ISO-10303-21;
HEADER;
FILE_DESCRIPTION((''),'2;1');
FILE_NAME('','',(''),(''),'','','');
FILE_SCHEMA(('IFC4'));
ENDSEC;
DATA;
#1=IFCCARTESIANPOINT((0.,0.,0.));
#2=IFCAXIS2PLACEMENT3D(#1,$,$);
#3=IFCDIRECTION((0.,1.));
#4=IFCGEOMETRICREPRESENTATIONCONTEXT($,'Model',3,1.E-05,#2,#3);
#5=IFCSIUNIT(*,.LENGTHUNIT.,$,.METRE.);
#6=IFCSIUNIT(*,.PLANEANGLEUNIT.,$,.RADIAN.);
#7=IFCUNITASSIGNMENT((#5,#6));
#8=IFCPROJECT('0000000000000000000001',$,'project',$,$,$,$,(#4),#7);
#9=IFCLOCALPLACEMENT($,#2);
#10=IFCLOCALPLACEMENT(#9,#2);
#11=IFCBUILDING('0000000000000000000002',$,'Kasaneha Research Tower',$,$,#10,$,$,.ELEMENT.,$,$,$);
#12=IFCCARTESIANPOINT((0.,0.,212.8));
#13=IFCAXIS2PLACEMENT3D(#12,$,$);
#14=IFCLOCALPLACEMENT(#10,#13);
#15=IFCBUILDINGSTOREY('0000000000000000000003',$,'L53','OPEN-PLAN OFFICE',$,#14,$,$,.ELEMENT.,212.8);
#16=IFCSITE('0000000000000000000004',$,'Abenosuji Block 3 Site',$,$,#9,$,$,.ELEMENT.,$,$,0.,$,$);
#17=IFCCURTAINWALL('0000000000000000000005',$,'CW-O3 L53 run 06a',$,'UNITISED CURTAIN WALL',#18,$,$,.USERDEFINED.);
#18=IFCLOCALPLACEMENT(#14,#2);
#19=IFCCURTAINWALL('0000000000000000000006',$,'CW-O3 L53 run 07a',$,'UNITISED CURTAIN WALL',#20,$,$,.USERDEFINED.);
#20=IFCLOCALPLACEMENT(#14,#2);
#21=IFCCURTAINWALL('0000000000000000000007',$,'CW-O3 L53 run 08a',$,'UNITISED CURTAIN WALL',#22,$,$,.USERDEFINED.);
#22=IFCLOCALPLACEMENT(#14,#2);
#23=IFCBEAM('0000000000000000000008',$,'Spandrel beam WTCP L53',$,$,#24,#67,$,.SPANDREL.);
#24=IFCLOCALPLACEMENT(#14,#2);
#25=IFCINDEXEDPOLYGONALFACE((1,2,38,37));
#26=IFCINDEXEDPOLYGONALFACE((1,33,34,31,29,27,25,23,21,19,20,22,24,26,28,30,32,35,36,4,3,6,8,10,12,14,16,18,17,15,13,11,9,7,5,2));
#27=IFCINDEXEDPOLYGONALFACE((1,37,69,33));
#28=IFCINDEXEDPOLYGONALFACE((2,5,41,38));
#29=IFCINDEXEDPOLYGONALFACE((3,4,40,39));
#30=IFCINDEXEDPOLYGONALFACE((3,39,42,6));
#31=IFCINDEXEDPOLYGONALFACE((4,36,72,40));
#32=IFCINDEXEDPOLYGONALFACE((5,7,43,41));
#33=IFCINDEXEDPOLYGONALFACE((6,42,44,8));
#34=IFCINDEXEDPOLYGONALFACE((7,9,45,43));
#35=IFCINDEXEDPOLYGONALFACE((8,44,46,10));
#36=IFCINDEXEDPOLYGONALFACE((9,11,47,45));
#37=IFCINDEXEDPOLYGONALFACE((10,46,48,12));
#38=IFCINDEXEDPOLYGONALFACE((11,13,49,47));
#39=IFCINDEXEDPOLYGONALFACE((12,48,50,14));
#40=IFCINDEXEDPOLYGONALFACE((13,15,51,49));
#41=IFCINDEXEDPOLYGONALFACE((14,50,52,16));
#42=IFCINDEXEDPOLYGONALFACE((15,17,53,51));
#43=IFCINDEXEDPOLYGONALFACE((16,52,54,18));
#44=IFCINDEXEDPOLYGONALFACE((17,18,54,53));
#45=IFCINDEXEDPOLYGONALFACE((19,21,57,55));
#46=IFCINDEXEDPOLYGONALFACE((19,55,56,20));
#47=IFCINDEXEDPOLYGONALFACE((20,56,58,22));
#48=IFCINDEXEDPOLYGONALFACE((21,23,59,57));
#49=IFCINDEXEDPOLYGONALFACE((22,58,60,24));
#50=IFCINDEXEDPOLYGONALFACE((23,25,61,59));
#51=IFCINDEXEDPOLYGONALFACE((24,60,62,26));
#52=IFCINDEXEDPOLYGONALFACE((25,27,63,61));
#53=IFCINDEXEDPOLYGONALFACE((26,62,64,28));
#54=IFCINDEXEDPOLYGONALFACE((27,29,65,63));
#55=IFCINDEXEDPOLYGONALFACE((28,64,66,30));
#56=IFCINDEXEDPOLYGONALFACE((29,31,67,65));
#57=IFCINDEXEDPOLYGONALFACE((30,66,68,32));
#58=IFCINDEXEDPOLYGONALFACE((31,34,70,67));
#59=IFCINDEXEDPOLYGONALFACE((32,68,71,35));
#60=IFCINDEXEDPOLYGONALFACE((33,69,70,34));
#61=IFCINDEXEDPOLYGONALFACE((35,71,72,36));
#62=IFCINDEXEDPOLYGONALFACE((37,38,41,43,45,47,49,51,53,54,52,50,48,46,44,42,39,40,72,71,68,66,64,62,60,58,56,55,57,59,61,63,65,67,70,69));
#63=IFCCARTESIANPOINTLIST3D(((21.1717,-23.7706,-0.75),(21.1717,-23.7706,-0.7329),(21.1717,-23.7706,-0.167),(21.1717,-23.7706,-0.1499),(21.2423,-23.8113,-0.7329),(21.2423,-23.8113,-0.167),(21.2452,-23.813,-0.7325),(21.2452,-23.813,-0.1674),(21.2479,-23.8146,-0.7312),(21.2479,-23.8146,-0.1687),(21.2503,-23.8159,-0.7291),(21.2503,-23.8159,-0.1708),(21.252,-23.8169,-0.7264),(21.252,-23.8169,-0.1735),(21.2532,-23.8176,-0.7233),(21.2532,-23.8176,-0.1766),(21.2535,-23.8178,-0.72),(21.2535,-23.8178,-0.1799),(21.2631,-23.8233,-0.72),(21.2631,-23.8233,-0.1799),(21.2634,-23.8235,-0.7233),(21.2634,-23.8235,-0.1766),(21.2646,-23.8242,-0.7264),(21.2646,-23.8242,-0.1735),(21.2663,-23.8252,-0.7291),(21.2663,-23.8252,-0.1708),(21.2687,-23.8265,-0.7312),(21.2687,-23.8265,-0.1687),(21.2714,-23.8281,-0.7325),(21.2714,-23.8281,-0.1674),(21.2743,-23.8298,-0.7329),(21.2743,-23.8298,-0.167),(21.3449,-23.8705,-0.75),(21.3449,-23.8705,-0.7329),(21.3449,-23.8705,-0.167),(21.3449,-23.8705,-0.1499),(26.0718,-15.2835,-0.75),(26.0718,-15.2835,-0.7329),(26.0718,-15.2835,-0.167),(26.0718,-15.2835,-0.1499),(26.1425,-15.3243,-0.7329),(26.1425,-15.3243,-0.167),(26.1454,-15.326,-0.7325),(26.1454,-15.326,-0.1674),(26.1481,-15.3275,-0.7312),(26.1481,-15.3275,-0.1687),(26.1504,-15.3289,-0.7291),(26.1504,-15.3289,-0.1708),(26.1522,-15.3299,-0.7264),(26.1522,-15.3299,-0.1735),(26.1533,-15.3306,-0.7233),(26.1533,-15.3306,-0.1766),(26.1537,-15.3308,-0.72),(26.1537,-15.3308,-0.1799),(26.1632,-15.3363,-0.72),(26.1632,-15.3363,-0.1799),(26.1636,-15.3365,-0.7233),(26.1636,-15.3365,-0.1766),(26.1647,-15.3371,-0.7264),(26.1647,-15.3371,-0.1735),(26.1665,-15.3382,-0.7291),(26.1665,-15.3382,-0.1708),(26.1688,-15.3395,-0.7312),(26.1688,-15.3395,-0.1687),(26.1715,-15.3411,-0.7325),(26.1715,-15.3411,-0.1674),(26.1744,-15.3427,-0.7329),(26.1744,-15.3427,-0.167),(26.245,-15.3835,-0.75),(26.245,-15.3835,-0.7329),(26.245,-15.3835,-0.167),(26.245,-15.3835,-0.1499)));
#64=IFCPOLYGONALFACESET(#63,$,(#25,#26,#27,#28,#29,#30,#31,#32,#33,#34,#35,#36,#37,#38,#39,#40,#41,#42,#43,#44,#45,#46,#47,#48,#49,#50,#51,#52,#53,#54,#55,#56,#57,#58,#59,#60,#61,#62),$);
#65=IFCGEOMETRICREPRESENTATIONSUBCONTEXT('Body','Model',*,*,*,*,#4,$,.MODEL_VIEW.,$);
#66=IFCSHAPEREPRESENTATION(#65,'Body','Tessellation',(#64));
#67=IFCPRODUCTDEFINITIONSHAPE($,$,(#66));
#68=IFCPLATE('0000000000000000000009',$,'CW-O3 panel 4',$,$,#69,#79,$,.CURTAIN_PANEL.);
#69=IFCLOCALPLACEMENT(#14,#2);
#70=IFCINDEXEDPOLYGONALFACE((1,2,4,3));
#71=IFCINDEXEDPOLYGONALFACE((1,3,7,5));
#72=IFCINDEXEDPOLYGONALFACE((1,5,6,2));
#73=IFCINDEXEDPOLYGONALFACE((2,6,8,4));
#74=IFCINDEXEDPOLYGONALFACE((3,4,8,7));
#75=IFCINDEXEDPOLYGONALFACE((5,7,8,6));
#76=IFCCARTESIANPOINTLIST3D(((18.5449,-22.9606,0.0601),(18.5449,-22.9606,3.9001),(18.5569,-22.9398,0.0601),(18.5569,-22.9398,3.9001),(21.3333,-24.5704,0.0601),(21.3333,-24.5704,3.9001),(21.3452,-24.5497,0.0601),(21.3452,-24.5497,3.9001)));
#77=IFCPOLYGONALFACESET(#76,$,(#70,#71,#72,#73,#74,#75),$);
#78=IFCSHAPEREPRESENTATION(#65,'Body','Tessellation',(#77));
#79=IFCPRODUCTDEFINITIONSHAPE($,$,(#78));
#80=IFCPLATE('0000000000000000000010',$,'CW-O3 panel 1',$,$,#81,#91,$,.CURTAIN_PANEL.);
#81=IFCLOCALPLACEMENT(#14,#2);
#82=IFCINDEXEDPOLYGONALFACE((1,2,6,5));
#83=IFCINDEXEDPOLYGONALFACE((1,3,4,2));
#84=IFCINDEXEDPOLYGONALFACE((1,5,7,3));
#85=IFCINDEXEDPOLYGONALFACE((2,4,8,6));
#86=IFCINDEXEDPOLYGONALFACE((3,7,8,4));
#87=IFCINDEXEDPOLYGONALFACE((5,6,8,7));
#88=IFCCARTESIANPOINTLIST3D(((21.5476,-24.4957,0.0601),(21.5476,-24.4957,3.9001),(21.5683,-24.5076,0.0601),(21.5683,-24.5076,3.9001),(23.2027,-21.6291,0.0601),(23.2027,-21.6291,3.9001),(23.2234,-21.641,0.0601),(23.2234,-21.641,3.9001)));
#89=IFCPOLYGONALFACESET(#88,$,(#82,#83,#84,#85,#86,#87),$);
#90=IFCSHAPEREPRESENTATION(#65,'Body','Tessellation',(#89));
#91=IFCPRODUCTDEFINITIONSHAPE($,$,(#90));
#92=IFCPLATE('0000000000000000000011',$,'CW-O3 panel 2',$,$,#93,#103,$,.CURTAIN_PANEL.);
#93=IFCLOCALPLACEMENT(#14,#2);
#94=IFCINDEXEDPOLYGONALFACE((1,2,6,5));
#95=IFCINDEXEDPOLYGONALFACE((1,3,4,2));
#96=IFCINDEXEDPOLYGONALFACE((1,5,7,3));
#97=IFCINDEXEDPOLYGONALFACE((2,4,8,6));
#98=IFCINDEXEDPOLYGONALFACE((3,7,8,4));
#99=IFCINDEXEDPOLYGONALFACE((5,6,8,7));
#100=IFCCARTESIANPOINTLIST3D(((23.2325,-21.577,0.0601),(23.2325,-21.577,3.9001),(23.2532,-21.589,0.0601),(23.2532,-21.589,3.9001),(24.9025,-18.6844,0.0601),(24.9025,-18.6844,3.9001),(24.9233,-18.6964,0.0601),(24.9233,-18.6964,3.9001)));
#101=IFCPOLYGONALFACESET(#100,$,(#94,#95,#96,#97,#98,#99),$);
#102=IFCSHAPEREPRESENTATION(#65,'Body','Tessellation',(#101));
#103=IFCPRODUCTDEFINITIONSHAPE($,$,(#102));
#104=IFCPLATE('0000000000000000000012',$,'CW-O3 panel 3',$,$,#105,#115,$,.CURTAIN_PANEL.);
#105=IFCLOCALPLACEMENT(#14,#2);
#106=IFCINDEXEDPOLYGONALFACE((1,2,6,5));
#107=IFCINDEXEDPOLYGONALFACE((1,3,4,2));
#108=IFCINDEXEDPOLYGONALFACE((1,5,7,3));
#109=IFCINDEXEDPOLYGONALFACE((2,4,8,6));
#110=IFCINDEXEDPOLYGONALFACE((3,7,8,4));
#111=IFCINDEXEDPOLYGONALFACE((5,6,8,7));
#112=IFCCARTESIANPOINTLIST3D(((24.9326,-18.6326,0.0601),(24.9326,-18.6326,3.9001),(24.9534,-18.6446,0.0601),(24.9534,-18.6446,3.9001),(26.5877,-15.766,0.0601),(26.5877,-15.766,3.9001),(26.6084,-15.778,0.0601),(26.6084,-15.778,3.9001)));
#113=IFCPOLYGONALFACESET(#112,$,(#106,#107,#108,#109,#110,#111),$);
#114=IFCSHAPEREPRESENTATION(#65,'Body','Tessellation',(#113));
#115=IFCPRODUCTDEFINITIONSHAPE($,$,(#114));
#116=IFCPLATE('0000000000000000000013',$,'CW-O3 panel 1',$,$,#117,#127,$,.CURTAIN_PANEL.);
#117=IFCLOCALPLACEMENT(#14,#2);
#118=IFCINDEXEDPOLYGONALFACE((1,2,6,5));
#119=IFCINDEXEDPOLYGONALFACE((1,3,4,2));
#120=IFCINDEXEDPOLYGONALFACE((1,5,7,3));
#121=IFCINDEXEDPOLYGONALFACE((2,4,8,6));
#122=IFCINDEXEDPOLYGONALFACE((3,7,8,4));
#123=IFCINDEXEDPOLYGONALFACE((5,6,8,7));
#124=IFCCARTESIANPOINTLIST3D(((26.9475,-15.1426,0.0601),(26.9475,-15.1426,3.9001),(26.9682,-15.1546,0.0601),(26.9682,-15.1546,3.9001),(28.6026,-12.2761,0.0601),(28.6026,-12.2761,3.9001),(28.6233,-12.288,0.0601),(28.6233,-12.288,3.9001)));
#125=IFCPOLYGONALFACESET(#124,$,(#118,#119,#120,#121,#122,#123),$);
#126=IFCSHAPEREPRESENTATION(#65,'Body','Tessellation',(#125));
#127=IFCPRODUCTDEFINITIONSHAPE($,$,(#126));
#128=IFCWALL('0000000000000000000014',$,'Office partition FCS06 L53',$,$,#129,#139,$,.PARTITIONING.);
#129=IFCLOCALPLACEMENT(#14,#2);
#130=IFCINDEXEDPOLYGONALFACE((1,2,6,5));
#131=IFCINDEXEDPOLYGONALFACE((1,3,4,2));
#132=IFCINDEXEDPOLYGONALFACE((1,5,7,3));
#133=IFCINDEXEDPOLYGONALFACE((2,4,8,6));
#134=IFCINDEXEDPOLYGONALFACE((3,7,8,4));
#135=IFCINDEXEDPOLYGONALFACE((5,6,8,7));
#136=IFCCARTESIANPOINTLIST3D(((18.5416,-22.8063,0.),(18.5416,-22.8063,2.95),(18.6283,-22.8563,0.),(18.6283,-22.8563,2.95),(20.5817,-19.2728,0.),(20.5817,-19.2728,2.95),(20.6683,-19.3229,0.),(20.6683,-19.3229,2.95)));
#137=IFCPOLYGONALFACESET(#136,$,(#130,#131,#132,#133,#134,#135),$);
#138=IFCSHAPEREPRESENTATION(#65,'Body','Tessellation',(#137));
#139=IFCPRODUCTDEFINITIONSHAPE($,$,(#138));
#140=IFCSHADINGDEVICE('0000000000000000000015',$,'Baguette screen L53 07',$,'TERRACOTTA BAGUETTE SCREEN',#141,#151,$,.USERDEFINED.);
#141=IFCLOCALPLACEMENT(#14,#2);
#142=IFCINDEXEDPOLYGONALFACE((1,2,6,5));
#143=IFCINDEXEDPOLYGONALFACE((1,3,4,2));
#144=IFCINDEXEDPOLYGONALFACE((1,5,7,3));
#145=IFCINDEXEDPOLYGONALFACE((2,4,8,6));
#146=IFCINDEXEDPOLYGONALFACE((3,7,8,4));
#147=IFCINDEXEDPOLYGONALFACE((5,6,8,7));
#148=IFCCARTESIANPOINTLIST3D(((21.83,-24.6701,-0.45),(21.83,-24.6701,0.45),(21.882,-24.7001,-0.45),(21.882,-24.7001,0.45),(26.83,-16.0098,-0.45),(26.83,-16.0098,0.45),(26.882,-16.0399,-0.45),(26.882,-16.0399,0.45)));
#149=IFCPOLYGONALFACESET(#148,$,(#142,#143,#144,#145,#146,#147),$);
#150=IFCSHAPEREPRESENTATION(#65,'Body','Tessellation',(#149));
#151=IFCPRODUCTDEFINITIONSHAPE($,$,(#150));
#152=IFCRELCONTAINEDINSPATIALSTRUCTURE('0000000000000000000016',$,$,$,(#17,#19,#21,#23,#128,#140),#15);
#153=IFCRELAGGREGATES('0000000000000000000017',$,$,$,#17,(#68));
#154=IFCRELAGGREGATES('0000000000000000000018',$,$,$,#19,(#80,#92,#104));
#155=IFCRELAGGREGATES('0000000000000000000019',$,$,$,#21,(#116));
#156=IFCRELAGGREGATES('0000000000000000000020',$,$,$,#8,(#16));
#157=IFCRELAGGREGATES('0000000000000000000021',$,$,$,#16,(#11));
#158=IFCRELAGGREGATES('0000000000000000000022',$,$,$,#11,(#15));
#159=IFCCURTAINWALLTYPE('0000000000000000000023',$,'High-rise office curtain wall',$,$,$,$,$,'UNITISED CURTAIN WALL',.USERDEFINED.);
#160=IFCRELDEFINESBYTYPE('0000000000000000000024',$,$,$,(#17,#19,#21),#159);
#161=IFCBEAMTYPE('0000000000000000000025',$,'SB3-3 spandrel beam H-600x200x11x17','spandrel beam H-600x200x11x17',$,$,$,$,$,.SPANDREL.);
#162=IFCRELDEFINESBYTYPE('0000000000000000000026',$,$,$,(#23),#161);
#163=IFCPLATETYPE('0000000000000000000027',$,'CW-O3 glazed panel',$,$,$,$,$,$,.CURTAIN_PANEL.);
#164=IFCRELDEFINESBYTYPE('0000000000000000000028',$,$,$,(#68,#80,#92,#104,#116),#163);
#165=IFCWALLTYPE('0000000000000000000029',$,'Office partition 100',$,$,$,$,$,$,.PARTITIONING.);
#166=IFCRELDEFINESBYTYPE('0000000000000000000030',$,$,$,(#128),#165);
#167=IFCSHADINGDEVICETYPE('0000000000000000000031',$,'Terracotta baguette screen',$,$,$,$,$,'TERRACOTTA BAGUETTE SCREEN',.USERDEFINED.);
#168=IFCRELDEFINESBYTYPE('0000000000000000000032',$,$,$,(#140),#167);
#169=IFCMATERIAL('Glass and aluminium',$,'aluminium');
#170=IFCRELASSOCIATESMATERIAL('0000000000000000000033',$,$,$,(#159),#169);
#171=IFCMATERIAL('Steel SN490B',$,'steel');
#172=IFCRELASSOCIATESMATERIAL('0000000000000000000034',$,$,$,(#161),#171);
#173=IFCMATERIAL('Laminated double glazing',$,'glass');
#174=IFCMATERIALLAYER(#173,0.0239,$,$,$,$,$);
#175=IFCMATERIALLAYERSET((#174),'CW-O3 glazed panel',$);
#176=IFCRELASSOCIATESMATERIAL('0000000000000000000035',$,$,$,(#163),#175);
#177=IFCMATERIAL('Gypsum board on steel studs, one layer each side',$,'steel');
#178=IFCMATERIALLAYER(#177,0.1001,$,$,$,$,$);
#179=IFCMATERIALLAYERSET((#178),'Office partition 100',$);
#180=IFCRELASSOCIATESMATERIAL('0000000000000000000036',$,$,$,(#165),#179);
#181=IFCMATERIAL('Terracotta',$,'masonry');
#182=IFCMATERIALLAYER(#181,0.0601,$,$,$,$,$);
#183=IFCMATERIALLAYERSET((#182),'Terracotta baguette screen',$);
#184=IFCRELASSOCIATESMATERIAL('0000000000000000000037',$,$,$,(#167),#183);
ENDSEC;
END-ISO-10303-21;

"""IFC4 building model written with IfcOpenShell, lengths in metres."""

from ifc_helpers import new_model, si_unit, direction, frame, frame_2d, origin, origin_2d, place, context, subcontext, project, spatial, rectangle, i_section, extrude, material, layer, layer_set, material_profile, profile_set, type_object, element, aggregate, save


model = new_model("IFC4")

# Units and contexts
model_context = context("Model", 3, precision=1e-05, world=origin(), true_north=direction((0.0, 1.0)))
body_context = subcontext(model_context, "Body", "Model", "MODEL_VIEW")
ifc_project = project(units=[si_unit("LENGTHUNIT", "METRE"), si_unit("PLANEANGLEUNIT", "RADIAN")], contexts=[model_context])

# Site, building, storey
site_placement = place(None, origin())
site = spatial("IfcSite", under=ifc_project, at=site_placement, Name="Abenosuji Block 3 Site", CompositionType="ELEMENT", RefElevation=0.0)
building_placement = place(site_placement, origin())
building = spatial("IfcBuilding", under=site, at=building_placement, Name="Kasaneha Research Tower", CompositionType="ELEMENT")
storey_placement = place(building_placement, frame((0.0, 0.0, 212.8)))
storey = spatial("IfcBuildingStorey", under=building, at=storey_placement, Name="L53", Description="OPEN-PLAN OFFICE", CompositionType="ELEMENT", Elevation=212.8)

# Curtain wall
ifc_material_1 = material(Name="Glass and aluminium", Category="aluminium")
curtain_wall_type = type_object("IfcCurtainWallType", Name="High-rise office curtain wall", ElementType="UNITISED CURTAIN WALL", PredefinedType="USERDEFINED", material=ifc_material_1)
curtain_wall_1_placement = place(storey_placement, origin())
curtain_wall_1 = element("IfcCurtainWall", 1, at=curtain_wall_1_placement, inside=storey, type_object=curtain_wall_type, Name="CW-O3 L53 run 06a", ObjectType="UNITISED CURTAIN WALL", PredefinedType="USERDEFINED")

# Curtain wall
curtain_wall_2_placement = place(storey_placement, origin())
curtain_wall_2 = element("IfcCurtainWall", 2, at=curtain_wall_2_placement, inside=storey, type_object=curtain_wall_type, Name="CW-O3 L53 run 07a", ObjectType="UNITISED CURTAIN WALL", PredefinedType="USERDEFINED")

# Curtain wall
curtain_wall_3_placement = place(storey_placement, origin())
curtain_wall_3 = element("IfcCurtainWall", 3, at=curtain_wall_3_placement, inside=storey, type_object=curtain_wall_type, Name="CW-O3 L53 run 08a", ObjectType="UNITISED CURTAIN WALL", PredefinedType="USERDEFINED")

# Beam
ifc_material_2 = material(Name="Steel SN490B", Category="steel")
ifc_material_profile_1 = material_profile(ifc_material_2, i_section(OverallWidth=0.2, OverallDepth=0.6001, WebThickness=0.011, FlangeThickness=0.0171, FilletRadius=0.0129, at=origin_2d()), Name="H-600x200x11x17")
ifc_profile_set_1 = profile_set([ifc_material_profile_1], Name="Steel SN490B")
beam_type = type_object("IfcBeamType", Name="SB3-3 spandrel beam H-600x200x11x17", Description="spandrel beam H-600x200x11x17", PredefinedType="SPANDREL", material=ifc_profile_set_1)
beam_placement = place(storey_placement, frame((21.2583, -23.8206, -0.45), z_axis=(0.500011, 0.866019, 0.0), x_axis=(-0.866019, 0.500011, 0.0)))
element("IfcBeam", 4, at=beam_placement, inside=storey, type_object=beam_type, Name="Spandrel beam WTCP L53", PredefinedType="SPANDREL", context=body_context, shape_type="SweptSolid", body=[
    extrude(i_section(OverallWidth=0.2, OverallDepth=0.6001, WebThickness=0.011, FlangeThickness=0.0171, FilletRadius=0.0129, at=origin_2d()), origin(), (0.0, 0.0, 1.0), 9.8),
])

# Plates
ifc_material_3 = material(Name="Laminated double glazing", Category="glass")
ifc_layer_1 = layer(ifc_material_3, 0.0239)
ifc_layer_set_1 = layer_set([ifc_layer_1], Name="CW-O3 glazed panel")
plate_type = type_object("IfcPlateType", Name="CW-O3 glazed panel", PredefinedType="CURTAIN_PANEL", material=ifc_layer_set_1)
plate_1_placement = place(storey_placement, frame((19.9451, -23.7551, 0.0601), z_axis=(0.0, 0.0, 1.0), x_axis=(0.866025, -0.5, 0.0)))
plate_1 = element("IfcPlate", 5, at=plate_1_placement, type_object=plate_type, Name="CW-O3 panel 4", PredefinedType="CURTAIN_PANEL", context=body_context, shape_type="SweptSolid", body=[
    extrude(rectangle(XDim=3.2197, YDim=0.0239, at=origin_2d()), origin(), (0.0, 0.0, 1.0), 3.8401),
])
aggregate(curtain_wall_1, [plate_1])
plate_2_placement = place(storey_placement, frame((22.3855, -23.0684, 0.0601), z_axis=(0.0, 0.0, 1.0), x_axis=(0.5, 0.866025, 0.0)))
plate_2 = element("IfcPlate", 6, at=plate_2_placement, type_object=plate_type, Name="CW-O3 panel 1", PredefinedType="CURTAIN_PANEL", context=body_context, shape_type="SweptSolid", body=[
    extrude(rectangle(XDim=3.3101, YDim=0.0239, at=origin_2d()), origin(), (0.0, 0.0, 1.0), 3.8401),
])
plate_3_placement = place(storey_placement, frame((24.0779, -20.1367, 0.0601), z_axis=(0.0, 0.0, 1.0), x_axis=(0.5, 0.866025, 0.0)))
plate_3 = element("IfcPlate", 7, at=plate_3_placement, type_object=plate_type, Name="CW-O3 panel 2", PredefinedType="CURTAIN_PANEL", context=body_context, shape_type="SweptSolid", body=[
    extrude(rectangle(XDim=3.3401, YDim=0.0239, at=origin_2d()), origin(), (0.0, 0.0, 1.0), 3.8401),
])
plate_4_placement = place(storey_placement, frame((25.7705, -17.2053, 0.0601), z_axis=(0.0, 0.0, 1.0), x_axis=(0.5, 0.866025, 0.0)))
plate_4 = element("IfcPlate", 8, at=plate_4_placement, type_object=plate_type, Name="CW-O3 panel 3", PredefinedType="CURTAIN_PANEL", context=body_context, shape_type="SweptSolid", body=[
    extrude(rectangle(XDim=3.3101, YDim=0.0239, at=origin_2d()), origin(), (0.0, 0.0, 1.0), 3.8401),
])
aggregate(curtain_wall_2, [plate_2, plate_3, plate_4])
plate_5_placement = place(storey_placement, frame((27.7854, -13.7153, 0.0601), z_axis=(0.0, 0.0, 1.0), x_axis=(0.5, 0.866025, 0.0)))
plate_5 = element("IfcPlate", 9, at=plate_5_placement, type_object=plate_type, Name="CW-O3 panel 1", PredefinedType="CURTAIN_PANEL", context=body_context, shape_type="SweptSolid", body=[
    extrude(rectangle(XDim=3.3101, YDim=0.0239, at=origin_2d()), origin(), (0.0, 0.0, 1.0), 3.8401),
])
aggregate(curtain_wall_3, [plate_5])

# Wall
ifc_material_4 = material(Name="Gypsum board on steel studs, one layer each side", Category="steel")
ifc_layer_2 = layer(ifc_material_4, 0.1001)
ifc_layer_set_2 = layer_set([ifc_layer_2], Name="Office partition 100")
wall_type = type_object("IfcWallType", Name="Office partition 100", PredefinedType="PARTITIONING", material=ifc_layer_set_2)
wall_placement = place(storey_placement, frame((20.625, -19.2979, 0.0), z_axis=(0.0, 0.0, 1.0), x_axis=(-0.5, -0.866025, 0.0)))
element("IfcWall", 10, at=wall_placement, inside=storey, type_object=wall_type, Name="Office partition FCS06 L53", PredefinedType="PARTITIONING", context=body_context, shape_type="SweptSolid", body=[
    extrude(rectangle(XDim=4.0801, YDim=0.1001, at=frame_2d((2.04, 0.0))), origin(), (0.0, 0.0, 1.0), 2.95),
])

# Shading device
ifc_material_5 = material(Name="Terracotta", Category="masonry")
ifc_layer_3 = layer(ifc_material_5, 0.0601)
ifc_layer_set_3 = layer_set([ifc_layer_3], Name="Terracotta baguette screen")
shading_device_type = type_object("IfcShadingDeviceType", Name="Terracotta baguette screen", ElementType="TERRACOTTA BAGUETTE SCREEN", PredefinedType="USERDEFINED", material=ifc_layer_set_3)
shading_device_placement = place(storey_placement, frame((24.356, -20.355, -0.45), z_axis=(0.0, 0.0, 1.0), x_axis=(0.5, 0.866025, 0.0)))
element("IfcShadingDevice", 11, at=shading_device_placement, inside=storey, type_object=shading_device_type, Name="Baguette screen L53 07", ObjectType="TERRACOTTA BAGUETTE SCREEN", PredefinedType="USERDEFINED", context=body_context, shape_type="SweptSolid", body=[
    extrude(rectangle(XDim=10.0, YDim=0.0601, at=origin_2d()), origin(), (0.0, 0.0, 1.0), 0.8999),
])

save(model, "model.ifc")
